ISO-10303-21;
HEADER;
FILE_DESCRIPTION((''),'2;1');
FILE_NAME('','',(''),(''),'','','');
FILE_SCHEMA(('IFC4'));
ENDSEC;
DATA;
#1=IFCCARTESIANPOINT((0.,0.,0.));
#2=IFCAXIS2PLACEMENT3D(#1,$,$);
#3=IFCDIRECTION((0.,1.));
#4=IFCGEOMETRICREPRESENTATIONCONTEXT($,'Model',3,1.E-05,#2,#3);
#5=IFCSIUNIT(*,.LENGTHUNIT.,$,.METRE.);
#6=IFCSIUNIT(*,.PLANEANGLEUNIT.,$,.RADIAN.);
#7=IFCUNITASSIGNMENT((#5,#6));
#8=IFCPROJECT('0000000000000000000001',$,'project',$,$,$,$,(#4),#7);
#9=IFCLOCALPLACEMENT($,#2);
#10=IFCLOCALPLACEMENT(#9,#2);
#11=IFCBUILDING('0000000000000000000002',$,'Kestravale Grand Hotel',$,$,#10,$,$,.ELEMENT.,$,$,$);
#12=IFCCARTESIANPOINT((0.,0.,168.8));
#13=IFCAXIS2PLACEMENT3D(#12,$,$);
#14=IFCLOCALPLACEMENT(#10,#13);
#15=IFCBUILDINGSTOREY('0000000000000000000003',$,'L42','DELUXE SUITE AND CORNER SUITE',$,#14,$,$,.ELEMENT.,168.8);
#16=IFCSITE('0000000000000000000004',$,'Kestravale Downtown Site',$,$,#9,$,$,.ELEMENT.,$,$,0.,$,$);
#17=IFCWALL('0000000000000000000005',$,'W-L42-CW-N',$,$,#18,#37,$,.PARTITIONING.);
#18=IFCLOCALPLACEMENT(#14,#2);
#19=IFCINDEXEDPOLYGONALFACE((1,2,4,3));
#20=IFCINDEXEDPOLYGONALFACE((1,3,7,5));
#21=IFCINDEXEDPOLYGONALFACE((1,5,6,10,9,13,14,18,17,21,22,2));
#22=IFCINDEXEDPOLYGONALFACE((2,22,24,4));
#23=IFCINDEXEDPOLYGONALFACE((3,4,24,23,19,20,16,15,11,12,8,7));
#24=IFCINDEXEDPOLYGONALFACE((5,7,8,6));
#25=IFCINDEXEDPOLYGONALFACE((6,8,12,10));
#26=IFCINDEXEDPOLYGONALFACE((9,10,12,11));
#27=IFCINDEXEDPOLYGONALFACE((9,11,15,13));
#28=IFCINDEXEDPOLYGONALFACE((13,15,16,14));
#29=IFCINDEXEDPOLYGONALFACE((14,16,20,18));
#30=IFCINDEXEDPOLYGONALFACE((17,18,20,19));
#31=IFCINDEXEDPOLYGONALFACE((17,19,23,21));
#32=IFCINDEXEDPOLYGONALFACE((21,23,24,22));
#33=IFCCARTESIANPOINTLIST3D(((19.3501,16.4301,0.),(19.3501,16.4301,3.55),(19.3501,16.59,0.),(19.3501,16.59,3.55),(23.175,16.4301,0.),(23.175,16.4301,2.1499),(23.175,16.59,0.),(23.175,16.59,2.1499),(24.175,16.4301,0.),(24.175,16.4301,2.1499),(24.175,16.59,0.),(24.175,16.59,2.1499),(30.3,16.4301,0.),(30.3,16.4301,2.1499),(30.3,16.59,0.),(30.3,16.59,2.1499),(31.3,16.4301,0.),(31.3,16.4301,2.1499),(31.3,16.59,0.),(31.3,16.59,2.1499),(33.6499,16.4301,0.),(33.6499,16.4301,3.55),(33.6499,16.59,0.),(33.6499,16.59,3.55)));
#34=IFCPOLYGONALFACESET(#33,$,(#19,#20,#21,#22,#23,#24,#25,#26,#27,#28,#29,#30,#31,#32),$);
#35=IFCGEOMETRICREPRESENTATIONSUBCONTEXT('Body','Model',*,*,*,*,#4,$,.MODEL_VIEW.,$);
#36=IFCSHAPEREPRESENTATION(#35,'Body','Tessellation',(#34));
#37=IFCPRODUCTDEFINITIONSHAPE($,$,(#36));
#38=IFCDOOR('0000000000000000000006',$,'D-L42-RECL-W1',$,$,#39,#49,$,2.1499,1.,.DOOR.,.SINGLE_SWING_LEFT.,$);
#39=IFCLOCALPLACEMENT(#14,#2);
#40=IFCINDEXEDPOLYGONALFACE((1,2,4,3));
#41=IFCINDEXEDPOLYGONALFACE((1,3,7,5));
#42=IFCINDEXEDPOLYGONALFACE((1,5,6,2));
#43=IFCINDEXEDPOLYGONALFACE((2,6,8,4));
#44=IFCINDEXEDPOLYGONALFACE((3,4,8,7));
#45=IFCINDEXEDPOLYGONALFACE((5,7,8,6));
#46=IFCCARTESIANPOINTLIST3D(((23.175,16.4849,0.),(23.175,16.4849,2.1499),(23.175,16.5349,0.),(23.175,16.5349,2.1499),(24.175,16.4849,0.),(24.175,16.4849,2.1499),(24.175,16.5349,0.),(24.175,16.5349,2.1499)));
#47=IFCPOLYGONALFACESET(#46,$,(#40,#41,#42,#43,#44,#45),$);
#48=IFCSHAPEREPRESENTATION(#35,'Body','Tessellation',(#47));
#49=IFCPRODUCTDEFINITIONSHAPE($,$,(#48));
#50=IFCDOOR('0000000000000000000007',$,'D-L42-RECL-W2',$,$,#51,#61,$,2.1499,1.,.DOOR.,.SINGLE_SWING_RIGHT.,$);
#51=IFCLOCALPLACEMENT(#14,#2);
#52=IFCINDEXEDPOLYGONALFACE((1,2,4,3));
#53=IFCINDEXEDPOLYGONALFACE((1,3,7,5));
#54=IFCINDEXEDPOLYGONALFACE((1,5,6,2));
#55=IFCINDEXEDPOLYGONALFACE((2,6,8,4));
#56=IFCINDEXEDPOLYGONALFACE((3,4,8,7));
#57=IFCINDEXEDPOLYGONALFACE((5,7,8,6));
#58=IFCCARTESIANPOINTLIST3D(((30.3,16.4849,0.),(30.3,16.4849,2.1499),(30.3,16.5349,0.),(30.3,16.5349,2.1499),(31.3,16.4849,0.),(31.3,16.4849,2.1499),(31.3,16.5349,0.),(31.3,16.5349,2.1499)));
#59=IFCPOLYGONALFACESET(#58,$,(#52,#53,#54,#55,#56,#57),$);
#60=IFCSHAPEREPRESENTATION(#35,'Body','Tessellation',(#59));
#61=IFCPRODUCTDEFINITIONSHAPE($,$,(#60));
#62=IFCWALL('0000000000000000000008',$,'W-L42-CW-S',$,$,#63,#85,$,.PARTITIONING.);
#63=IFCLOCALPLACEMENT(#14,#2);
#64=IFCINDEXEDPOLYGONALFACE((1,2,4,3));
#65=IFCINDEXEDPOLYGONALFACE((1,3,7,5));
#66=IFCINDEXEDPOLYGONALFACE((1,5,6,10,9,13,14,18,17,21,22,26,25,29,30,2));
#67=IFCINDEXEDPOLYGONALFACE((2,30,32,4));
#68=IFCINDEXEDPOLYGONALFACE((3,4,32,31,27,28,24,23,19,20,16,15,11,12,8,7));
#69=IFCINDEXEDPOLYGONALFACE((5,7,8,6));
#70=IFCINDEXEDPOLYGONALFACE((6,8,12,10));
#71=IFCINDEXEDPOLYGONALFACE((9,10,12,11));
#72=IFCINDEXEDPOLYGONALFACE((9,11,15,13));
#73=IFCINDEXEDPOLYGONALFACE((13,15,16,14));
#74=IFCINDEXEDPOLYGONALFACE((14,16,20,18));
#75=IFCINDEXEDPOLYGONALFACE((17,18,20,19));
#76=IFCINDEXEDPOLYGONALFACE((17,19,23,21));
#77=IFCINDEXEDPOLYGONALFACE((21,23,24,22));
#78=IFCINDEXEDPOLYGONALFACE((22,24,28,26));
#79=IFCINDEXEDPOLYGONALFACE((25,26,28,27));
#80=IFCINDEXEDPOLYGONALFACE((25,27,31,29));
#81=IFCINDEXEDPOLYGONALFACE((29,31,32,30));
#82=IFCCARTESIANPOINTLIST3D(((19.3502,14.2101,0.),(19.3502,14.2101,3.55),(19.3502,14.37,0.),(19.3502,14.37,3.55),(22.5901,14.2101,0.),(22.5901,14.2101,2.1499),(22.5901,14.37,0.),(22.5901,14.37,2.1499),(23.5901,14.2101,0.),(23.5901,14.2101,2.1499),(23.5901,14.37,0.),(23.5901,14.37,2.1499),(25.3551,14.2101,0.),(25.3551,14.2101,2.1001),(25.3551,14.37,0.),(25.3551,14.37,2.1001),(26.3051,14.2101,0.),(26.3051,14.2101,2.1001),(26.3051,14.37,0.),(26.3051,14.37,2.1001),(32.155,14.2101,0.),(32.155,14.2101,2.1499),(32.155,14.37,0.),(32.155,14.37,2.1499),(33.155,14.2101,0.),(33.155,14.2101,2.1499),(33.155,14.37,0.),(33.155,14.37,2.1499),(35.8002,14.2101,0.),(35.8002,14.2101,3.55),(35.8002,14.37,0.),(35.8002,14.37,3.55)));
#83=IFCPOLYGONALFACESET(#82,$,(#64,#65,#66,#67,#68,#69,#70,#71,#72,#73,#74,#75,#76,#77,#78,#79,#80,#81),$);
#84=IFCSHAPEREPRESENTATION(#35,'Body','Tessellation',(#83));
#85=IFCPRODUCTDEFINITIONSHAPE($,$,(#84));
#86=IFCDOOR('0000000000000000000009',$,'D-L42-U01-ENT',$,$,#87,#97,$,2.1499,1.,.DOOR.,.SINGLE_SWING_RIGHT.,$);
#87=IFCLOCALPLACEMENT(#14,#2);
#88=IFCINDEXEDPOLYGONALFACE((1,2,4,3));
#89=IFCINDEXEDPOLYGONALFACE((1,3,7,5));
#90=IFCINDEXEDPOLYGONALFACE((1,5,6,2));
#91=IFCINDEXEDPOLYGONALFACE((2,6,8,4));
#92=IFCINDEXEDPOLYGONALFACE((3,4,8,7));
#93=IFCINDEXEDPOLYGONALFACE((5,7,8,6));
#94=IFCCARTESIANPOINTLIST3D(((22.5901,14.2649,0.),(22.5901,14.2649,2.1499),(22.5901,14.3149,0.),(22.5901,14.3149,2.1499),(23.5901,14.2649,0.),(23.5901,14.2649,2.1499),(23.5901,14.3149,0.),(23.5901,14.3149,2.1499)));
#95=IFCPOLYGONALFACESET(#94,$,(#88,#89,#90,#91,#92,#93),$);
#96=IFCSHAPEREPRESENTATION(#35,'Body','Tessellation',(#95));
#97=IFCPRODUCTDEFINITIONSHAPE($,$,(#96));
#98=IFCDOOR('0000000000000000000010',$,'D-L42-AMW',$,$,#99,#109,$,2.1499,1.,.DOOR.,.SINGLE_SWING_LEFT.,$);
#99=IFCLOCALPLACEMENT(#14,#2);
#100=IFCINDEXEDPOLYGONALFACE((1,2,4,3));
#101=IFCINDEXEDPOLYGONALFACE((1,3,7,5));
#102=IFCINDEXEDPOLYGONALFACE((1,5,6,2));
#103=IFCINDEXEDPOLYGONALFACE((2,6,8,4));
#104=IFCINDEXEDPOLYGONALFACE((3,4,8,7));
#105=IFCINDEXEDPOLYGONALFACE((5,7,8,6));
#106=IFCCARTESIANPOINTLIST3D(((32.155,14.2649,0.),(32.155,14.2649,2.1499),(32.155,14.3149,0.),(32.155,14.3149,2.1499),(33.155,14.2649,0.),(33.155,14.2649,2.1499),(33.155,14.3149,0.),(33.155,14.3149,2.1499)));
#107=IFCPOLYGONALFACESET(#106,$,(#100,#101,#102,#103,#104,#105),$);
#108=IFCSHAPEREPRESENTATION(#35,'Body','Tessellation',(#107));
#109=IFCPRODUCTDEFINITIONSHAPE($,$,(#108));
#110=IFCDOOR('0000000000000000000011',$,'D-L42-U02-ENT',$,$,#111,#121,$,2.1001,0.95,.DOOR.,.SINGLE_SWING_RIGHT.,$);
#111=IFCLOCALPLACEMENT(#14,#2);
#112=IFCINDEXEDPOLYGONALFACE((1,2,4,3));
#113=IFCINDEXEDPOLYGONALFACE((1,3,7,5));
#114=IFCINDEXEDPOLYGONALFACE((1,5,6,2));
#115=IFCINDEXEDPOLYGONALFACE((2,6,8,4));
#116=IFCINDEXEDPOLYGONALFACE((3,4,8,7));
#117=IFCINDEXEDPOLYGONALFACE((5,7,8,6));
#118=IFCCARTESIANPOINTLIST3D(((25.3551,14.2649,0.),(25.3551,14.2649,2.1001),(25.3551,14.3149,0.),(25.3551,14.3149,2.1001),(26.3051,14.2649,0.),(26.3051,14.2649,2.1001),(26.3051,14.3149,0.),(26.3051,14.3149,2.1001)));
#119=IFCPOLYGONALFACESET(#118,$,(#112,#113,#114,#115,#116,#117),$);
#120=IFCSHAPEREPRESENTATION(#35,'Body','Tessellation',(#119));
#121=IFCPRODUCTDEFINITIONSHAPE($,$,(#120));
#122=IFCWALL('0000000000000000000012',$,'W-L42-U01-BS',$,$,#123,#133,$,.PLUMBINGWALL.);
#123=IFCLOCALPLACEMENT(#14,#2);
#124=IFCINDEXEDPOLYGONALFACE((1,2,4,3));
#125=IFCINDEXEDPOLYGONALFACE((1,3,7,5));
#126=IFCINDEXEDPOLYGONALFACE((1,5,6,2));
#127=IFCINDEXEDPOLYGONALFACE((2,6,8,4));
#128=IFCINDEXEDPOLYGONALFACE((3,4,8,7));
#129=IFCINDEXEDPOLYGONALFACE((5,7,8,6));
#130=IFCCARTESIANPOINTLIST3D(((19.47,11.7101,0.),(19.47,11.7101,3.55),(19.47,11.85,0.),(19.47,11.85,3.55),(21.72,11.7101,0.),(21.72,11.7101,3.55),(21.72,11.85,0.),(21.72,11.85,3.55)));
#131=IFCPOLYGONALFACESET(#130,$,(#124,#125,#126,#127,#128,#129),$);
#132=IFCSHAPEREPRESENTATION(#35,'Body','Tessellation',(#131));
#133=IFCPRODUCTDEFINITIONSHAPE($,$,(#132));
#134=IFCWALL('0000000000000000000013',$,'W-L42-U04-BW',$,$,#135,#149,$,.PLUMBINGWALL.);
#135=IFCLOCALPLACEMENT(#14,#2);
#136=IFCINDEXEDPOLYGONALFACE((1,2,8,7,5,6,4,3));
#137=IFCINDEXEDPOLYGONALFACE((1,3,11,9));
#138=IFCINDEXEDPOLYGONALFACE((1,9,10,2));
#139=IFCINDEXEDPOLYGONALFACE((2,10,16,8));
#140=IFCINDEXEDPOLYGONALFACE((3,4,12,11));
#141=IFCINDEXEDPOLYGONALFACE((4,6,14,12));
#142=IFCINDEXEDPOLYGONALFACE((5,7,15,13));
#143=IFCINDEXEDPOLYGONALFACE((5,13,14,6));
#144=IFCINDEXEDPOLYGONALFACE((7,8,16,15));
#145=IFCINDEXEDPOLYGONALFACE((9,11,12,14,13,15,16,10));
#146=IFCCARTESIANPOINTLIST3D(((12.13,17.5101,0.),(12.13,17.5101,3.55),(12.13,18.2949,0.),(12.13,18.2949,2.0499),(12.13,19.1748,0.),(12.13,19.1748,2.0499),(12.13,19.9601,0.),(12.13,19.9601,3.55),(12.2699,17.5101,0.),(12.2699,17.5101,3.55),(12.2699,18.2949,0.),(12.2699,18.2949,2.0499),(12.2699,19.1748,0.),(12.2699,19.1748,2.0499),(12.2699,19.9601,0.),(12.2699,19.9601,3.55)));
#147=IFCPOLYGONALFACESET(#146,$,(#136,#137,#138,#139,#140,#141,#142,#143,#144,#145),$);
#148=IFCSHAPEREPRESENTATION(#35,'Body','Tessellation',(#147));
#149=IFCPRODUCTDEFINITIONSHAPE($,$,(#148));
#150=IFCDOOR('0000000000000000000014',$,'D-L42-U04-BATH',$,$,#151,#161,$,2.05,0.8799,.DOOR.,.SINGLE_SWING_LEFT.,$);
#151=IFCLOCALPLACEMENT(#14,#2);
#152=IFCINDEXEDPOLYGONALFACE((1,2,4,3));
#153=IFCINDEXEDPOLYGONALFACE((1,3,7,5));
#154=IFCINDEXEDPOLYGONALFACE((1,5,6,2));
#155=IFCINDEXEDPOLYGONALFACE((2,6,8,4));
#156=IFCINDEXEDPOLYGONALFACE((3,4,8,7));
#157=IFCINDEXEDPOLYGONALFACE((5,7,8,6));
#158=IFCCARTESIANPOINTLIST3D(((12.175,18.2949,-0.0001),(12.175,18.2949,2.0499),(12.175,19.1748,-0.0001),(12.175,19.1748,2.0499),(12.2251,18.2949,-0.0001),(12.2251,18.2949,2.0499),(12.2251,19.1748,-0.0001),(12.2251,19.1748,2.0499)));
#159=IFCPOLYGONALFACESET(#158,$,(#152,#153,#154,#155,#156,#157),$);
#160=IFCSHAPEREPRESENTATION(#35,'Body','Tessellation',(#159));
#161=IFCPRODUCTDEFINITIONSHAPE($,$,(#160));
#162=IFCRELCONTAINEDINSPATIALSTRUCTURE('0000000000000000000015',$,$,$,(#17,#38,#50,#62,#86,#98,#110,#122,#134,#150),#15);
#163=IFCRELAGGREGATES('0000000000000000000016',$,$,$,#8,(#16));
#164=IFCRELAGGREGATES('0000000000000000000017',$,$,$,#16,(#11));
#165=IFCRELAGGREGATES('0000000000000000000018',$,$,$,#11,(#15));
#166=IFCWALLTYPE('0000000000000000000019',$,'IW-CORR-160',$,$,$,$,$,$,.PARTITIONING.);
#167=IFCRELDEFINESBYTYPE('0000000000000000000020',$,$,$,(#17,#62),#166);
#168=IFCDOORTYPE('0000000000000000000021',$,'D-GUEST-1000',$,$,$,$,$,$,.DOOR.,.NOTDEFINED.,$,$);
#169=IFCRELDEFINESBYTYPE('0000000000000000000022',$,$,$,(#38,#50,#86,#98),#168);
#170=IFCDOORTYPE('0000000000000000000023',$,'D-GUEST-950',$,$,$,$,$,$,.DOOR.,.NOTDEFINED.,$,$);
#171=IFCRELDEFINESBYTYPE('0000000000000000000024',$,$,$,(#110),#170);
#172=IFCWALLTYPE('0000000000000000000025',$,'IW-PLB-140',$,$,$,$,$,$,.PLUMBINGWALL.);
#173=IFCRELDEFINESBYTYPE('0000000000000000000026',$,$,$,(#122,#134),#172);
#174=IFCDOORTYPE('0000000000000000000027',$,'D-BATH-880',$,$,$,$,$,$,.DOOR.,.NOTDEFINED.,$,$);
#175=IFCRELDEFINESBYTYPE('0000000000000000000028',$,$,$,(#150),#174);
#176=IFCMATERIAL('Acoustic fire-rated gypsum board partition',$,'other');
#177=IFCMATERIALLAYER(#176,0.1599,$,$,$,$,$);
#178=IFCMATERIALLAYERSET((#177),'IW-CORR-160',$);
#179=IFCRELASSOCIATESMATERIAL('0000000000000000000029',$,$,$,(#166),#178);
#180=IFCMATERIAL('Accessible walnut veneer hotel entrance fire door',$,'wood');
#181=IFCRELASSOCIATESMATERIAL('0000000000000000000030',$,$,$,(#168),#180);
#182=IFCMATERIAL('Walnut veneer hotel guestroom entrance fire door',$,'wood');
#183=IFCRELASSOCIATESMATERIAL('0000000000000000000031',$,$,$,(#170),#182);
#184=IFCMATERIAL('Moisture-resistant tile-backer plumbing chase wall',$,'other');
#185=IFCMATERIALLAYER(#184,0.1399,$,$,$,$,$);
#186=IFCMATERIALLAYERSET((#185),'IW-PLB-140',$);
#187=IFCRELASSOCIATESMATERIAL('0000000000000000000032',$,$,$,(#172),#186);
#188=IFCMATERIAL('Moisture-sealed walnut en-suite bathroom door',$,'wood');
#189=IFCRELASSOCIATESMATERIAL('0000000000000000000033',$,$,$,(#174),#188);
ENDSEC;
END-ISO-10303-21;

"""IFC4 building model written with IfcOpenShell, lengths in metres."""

from ifc_helpers import new_model, si_unit, direction, frame, frame_2d, origin, place, context, subcontext, project, spatial, rectangle, extrude, material, layer, layer_set, type_object, element, fill, save


model = new_model("IFC4")

# Units and contexts
model_context = context("Model", 3, precision=1e-05, world=origin(), true_north=direction((0.0, 1.0)))
body_context = subcontext(model_context, "Body", "Model", "MODEL_VIEW")
ifc_project = project(units=[si_unit("LENGTHUNIT", "METRE"), si_unit("PLANEANGLEUNIT", "RADIAN")], contexts=[model_context])

# Site, building, storey
site_placement = place(None, origin())
site = spatial("IfcSite", under=ifc_project, at=site_placement, Name="Kestravale Downtown Site", CompositionType="ELEMENT", RefElevation=0.0)
building_placement = place(site_placement, origin())
building = spatial("IfcBuilding", under=site, at=building_placement, Name="Kestravale Grand Hotel", CompositionType="ELEMENT")
storey_placement = place(building_placement, frame((0.0, 0.0, 168.8)))
storey = spatial("IfcBuildingStorey", under=building, at=storey_placement, Name="L42", Description="DELUXE SUITE AND CORNER SUITE", CompositionType="ELEMENT", Elevation=168.8)

# Walls, openings, doors
ifc_material_1 = material(Name="Acoustic fire-rated gypsum board partition", Category="other")
ifc_layer_1 = layer(ifc_material_1, 0.1599)
ifc_layer_set_1 = layer_set([ifc_layer_1], Name="IW-CORR-160")
wall_type_1 = type_object("IfcWallType", Name="IW-CORR-160", PredefinedType="PARTITIONING", material=ifc_layer_set_1)
wall_1_placement = place(storey_placement, frame((19.3501, 16.51, 0.0), z_axis=(0.0, 0.0, 1.0), x_axis=(1.0, 0.0, 0.0)))
wall_1 = element("IfcWall", 1, at=wall_1_placement, inside=storey, type_object=wall_type_1, Name="W-L42-CW-N", PredefinedType="PARTITIONING", context=body_context, shape_type="SweptSolid", body=[
    extrude(rectangle(XDim=14.2998, YDim=0.1599, at=frame_2d((7.1499, 0.0))), origin(), (0.0, 0.0, 1.0), 3.55),
])
opening_1_placement = place(wall_1_placement, frame((3.825, 0.0, 0.0)))
opening_1 = element("IfcOpeningElement", 2, at=opening_1_placement, cuts=wall_1, PredefinedType="OPENING", context=body_context, shape_type="SweptSolid", body=[
    extrude(rectangle(XDim=1.0, YDim=2.1499, at=frame_2d((0.5, 1.075))), frame((0.0, 0.0898, 0.0), z_axis=(0.0, -1.0, 0.0), x_axis=(1.0, 0.0, 0.0)), (0.0, 0.0, 1.0), 0.1799),
])
opening_2_placement = place(wall_1_placement, frame((10.95, 0.0, 0.0)))
opening_2 = element("IfcOpeningElement", 3, at=opening_2_placement, cuts=wall_1, PredefinedType="OPENING", context=body_context, shape_type="SweptSolid", body=[
    extrude(rectangle(XDim=1.0, YDim=2.1499, at=frame_2d((0.5, 1.075))), frame((0.0, 0.0898, 0.0), z_axis=(0.0, -1.0, 0.0), x_axis=(1.0, 0.0, 0.0)), (0.0, 0.0, 1.0), 0.1799),
])
ifc_material_2 = material(Name="Accessible walnut veneer hotel entrance fire door", Category="wood")
door_type_1 = type_object("IfcDoorType", Name="D-GUEST-1000", OperationType="NOTDEFINED", PredefinedType="DOOR", material=ifc_material_2)
door_1_placement = place(opening_1_placement, origin())
door_1 = element("IfcDoor", 4, at=door_1_placement, inside=storey, type_object=door_type_1, Name="D-L42-RECL-W1", OperationType="SINGLE_SWING_LEFT", OverallHeight=2.1499, OverallWidth=1.0, PredefinedType="DOOR", context=body_context, shape_type="SweptSolid", body=[
    extrude(rectangle(XDim=1.0, YDim=2.1499, at=frame_2d((0.5, 1.075))), frame((0.0, 0.0249, 0.0), z_axis=(0.0, -1.0, 0.0), x_axis=(1.0, 0.0, 0.0)), (0.0, 0.0, 1.0), 0.05),
])
fill(opening_1, door_1)
door_2_placement = place(opening_2_placement, origin())
door_2 = element("IfcDoor", 5, at=door_2_placement, inside=storey, type_object=door_type_1, Name="D-L42-RECL-W2", OperationType="SINGLE_SWING_RIGHT", OverallHeight=2.1499, OverallWidth=1.0, PredefinedType="DOOR", context=body_context, shape_type="SweptSolid", body=[
    extrude(rectangle(XDim=1.0, YDim=2.1499, at=frame_2d((0.5, 1.075))), frame((0.0, 0.0249, 0.0), z_axis=(0.0, -1.0, 0.0), x_axis=(1.0, 0.0, 0.0)), (0.0, 0.0, 1.0), 0.05),
])
fill(opening_2, door_2)
wall_2_placement = place(storey_placement, frame((19.3501, 14.29, 0.0), z_axis=(0.0, 0.0, 1.0), x_axis=(1.0, 0.0, 0.0)))
wall_2 = element("IfcWall", 6, at=wall_2_placement, inside=storey, type_object=wall_type_1, Name="W-L42-CW-S", PredefinedType="PARTITIONING", context=body_context, shape_type="SweptSolid", body=[
    extrude(rectangle(XDim=16.45, YDim=0.1599, at=frame_2d((8.2251, 0.0))), origin(), (0.0, 0.0, 1.0), 3.55),
])
opening_3_placement = place(wall_2_placement, frame((3.24, 0.0, 0.0)))
opening_3 = element("IfcOpeningElement", 7, at=opening_3_placement, cuts=wall_2, PredefinedType="OPENING", context=body_context, shape_type="SweptSolid", body=[
    extrude(rectangle(XDim=1.0, YDim=2.1499, at=frame_2d((0.5, 1.075))), frame((0.0, 0.0898, 0.0), z_axis=(0.0, -1.0, 0.0), x_axis=(1.0, 0.0, 0.0)), (0.0, 0.0, 1.0), 0.1799),
])
opening_4_placement = place(wall_2_placement, frame((6.0049, 0.0, 0.0)))
opening_4 = element("IfcOpeningElement", 8, at=opening_4_placement, cuts=wall_2, PredefinedType="OPENING", context=body_context, shape_type="SweptSolid", body=[
    extrude(rectangle(XDim=0.95, YDim=2.1001, at=frame_2d((0.4751, 1.05))), frame((0.0, 0.0898, 0.0), z_axis=(0.0, -1.0, 0.0), x_axis=(1.0, 0.0, 0.0)), (0.0, 0.0, 1.0), 0.1799),
])
opening_5_placement = place(wall_2_placement, frame((12.8049, 0.0, 0.0)))
opening_5 = element("IfcOpeningElement", 9, at=opening_5_placement, cuts=wall_2, PredefinedType="OPENING", context=body_context, shape_type="SweptSolid", body=[
    extrude(rectangle(XDim=1.0, YDim=2.1499, at=frame_2d((0.5, 1.075))), frame((0.0, 0.0898, 0.0), z_axis=(0.0, -1.0, 0.0), x_axis=(1.0, 0.0, 0.0)), (0.0, 0.0, 1.0), 0.1799),
])
door_3_placement = place(opening_3_placement, origin())
door_3 = element("IfcDoor", 10, at=door_3_placement, inside=storey, type_object=door_type_1, Name="D-L42-U01-ENT", OperationType="SINGLE_SWING_RIGHT", OverallHeight=2.1499, OverallWidth=1.0, PredefinedType="DOOR", context=body_context, shape_type="SweptSolid", body=[
    extrude(rectangle(XDim=1.0, YDim=2.1499, at=frame_2d((0.5, 1.075))), frame((0.0, 0.0249, 0.0), z_axis=(0.0, -1.0, 0.0), x_axis=(1.0, 0.0, 0.0)), (0.0, 0.0, 1.0), 0.05),
])
fill(opening_3, door_3)
door_4_placement = place(opening_5_placement, origin())
door_4 = element("IfcDoor", 11, at=door_4_placement, inside=storey, type_object=door_type_1, Name="D-L42-AMW", OperationType="SINGLE_SWING_LEFT", OverallHeight=2.1499, OverallWidth=1.0, PredefinedType="DOOR", context=body_context, shape_type="SweptSolid", body=[
    extrude(rectangle(XDim=1.0, YDim=2.1499, at=frame_2d((0.5, 1.075))), frame((0.0, 0.0249, 0.0), z_axis=(0.0, -1.0, 0.0), x_axis=(1.0, 0.0, 0.0)), (0.0, 0.0, 1.0), 0.05),
])
fill(opening_5, door_4)
ifc_material_3 = material(Name="Walnut veneer hotel guestroom entrance fire door", Category="wood")
door_type_2 = type_object("IfcDoorType", Name="D-GUEST-950", OperationType="NOTDEFINED", PredefinedType="DOOR", material=ifc_material_3)
door_5_placement = place(opening_4_placement, origin())
door_5 = element("IfcDoor", 12, at=door_5_placement, inside=storey, type_object=door_type_2, Name="D-L42-U02-ENT", OperationType="SINGLE_SWING_RIGHT", OverallHeight=2.1001, OverallWidth=0.95, PredefinedType="DOOR", context=body_context, shape_type="SweptSolid", body=[
    extrude(rectangle(XDim=0.95, YDim=2.1001, at=frame_2d((0.4751, 1.05))), frame((0.0, 0.0249, 0.0), z_axis=(0.0, -1.0, 0.0), x_axis=(1.0, 0.0, 0.0)), (0.0, 0.0, 1.0), 0.05),
])
fill(opening_4, door_5)

# Wall
ifc_material_4 = material(Name="Moisture-resistant tile-backer plumbing chase wall", Category="other")
ifc_layer_2 = layer(ifc_material_4, 0.1399)
ifc_layer_set_2 = layer_set([ifc_layer_2], Name="IW-PLB-140")
wall_type_2 = type_object("IfcWallType", Name="IW-PLB-140", PredefinedType="PLUMBINGWALL", material=ifc_layer_set_2)
wall_3_placement = place(storey_placement, frame((19.47, 11.78, 0.0), z_axis=(0.0, 0.0, 1.0), x_axis=(1.0, 0.0, 0.0)))
element("IfcWall", 13, at=wall_3_placement, inside=storey, type_object=wall_type_2, Name="W-L42-U01-BS", PredefinedType="PLUMBINGWALL", context=body_context, shape_type="SweptSolid", body=[
    extrude(rectangle(XDim=2.25, YDim=0.1399, at=frame_2d((1.125, 0.0))), origin(), (0.0, 0.0, 1.0), 3.55),
])

# Wall, opening, door
wall_4_placement = place(storey_placement, frame((12.2, 17.51, 0.0), z_axis=(0.0, 0.0, 1.0), x_axis=(0.0, 1.0, 0.0)))
wall_4 = element("IfcWall", 14, at=wall_4_placement, inside=storey, type_object=wall_type_2, Name="W-L42-U04-BW", PredefinedType="PLUMBINGWALL", context=body_context, shape_type="SweptSolid", body=[
    extrude(rectangle(XDim=2.45, YDim=0.1399, at=frame_2d((1.2251, 0.0))), origin(), (0.0, 0.0, 1.0), 3.55),
])
opening_6_placement = place(wall_4_placement, frame((0.7849, 0.0, 0.0)))
opening_6 = element("IfcOpeningElement", 15, at=opening_6_placement, cuts=wall_4, PredefinedType="OPENING", context=body_context, shape_type="SweptSolid", body=[
    extrude(rectangle(XDim=0.8799, YDim=2.05, at=frame_2d((0.4399, 1.0249))), frame((0.0, 0.0798, 0.0), z_axis=(0.0, -1.0, 0.0), x_axis=(1.0, 0.0, 0.0)), (0.0, 0.0, 1.0), 0.1599),
])
ifc_material_5 = material(Name="Moisture-sealed walnut en-suite bathroom door", Category="wood")
door_type_3 = type_object("IfcDoorType", Name="D-BATH-880", OperationType="NOTDEFINED", PredefinedType="DOOR", material=ifc_material_5)
door_6_placement = place(opening_6_placement, origin())
door_6 = element("IfcDoor", 16, at=door_6_placement, inside=storey, type_object=door_type_3, Name="D-L42-U04-BATH", OperationType="SINGLE_SWING_LEFT", OverallHeight=2.05, OverallWidth=0.8799, PredefinedType="DOOR", context=body_context, shape_type="SweptSolid", body=[
    extrude(rectangle(XDim=0.8799, YDim=2.05, at=frame_2d((0.4399, 1.0249))), frame((0.0, 0.0249, 0.0), z_axis=(0.0, -1.0, 0.0), x_axis=(1.0, 0.0, 0.0)), (0.0, 0.0, 1.0), 0.05),
])
fill(opening_6, door_6)

save(model, "model.ifc")
